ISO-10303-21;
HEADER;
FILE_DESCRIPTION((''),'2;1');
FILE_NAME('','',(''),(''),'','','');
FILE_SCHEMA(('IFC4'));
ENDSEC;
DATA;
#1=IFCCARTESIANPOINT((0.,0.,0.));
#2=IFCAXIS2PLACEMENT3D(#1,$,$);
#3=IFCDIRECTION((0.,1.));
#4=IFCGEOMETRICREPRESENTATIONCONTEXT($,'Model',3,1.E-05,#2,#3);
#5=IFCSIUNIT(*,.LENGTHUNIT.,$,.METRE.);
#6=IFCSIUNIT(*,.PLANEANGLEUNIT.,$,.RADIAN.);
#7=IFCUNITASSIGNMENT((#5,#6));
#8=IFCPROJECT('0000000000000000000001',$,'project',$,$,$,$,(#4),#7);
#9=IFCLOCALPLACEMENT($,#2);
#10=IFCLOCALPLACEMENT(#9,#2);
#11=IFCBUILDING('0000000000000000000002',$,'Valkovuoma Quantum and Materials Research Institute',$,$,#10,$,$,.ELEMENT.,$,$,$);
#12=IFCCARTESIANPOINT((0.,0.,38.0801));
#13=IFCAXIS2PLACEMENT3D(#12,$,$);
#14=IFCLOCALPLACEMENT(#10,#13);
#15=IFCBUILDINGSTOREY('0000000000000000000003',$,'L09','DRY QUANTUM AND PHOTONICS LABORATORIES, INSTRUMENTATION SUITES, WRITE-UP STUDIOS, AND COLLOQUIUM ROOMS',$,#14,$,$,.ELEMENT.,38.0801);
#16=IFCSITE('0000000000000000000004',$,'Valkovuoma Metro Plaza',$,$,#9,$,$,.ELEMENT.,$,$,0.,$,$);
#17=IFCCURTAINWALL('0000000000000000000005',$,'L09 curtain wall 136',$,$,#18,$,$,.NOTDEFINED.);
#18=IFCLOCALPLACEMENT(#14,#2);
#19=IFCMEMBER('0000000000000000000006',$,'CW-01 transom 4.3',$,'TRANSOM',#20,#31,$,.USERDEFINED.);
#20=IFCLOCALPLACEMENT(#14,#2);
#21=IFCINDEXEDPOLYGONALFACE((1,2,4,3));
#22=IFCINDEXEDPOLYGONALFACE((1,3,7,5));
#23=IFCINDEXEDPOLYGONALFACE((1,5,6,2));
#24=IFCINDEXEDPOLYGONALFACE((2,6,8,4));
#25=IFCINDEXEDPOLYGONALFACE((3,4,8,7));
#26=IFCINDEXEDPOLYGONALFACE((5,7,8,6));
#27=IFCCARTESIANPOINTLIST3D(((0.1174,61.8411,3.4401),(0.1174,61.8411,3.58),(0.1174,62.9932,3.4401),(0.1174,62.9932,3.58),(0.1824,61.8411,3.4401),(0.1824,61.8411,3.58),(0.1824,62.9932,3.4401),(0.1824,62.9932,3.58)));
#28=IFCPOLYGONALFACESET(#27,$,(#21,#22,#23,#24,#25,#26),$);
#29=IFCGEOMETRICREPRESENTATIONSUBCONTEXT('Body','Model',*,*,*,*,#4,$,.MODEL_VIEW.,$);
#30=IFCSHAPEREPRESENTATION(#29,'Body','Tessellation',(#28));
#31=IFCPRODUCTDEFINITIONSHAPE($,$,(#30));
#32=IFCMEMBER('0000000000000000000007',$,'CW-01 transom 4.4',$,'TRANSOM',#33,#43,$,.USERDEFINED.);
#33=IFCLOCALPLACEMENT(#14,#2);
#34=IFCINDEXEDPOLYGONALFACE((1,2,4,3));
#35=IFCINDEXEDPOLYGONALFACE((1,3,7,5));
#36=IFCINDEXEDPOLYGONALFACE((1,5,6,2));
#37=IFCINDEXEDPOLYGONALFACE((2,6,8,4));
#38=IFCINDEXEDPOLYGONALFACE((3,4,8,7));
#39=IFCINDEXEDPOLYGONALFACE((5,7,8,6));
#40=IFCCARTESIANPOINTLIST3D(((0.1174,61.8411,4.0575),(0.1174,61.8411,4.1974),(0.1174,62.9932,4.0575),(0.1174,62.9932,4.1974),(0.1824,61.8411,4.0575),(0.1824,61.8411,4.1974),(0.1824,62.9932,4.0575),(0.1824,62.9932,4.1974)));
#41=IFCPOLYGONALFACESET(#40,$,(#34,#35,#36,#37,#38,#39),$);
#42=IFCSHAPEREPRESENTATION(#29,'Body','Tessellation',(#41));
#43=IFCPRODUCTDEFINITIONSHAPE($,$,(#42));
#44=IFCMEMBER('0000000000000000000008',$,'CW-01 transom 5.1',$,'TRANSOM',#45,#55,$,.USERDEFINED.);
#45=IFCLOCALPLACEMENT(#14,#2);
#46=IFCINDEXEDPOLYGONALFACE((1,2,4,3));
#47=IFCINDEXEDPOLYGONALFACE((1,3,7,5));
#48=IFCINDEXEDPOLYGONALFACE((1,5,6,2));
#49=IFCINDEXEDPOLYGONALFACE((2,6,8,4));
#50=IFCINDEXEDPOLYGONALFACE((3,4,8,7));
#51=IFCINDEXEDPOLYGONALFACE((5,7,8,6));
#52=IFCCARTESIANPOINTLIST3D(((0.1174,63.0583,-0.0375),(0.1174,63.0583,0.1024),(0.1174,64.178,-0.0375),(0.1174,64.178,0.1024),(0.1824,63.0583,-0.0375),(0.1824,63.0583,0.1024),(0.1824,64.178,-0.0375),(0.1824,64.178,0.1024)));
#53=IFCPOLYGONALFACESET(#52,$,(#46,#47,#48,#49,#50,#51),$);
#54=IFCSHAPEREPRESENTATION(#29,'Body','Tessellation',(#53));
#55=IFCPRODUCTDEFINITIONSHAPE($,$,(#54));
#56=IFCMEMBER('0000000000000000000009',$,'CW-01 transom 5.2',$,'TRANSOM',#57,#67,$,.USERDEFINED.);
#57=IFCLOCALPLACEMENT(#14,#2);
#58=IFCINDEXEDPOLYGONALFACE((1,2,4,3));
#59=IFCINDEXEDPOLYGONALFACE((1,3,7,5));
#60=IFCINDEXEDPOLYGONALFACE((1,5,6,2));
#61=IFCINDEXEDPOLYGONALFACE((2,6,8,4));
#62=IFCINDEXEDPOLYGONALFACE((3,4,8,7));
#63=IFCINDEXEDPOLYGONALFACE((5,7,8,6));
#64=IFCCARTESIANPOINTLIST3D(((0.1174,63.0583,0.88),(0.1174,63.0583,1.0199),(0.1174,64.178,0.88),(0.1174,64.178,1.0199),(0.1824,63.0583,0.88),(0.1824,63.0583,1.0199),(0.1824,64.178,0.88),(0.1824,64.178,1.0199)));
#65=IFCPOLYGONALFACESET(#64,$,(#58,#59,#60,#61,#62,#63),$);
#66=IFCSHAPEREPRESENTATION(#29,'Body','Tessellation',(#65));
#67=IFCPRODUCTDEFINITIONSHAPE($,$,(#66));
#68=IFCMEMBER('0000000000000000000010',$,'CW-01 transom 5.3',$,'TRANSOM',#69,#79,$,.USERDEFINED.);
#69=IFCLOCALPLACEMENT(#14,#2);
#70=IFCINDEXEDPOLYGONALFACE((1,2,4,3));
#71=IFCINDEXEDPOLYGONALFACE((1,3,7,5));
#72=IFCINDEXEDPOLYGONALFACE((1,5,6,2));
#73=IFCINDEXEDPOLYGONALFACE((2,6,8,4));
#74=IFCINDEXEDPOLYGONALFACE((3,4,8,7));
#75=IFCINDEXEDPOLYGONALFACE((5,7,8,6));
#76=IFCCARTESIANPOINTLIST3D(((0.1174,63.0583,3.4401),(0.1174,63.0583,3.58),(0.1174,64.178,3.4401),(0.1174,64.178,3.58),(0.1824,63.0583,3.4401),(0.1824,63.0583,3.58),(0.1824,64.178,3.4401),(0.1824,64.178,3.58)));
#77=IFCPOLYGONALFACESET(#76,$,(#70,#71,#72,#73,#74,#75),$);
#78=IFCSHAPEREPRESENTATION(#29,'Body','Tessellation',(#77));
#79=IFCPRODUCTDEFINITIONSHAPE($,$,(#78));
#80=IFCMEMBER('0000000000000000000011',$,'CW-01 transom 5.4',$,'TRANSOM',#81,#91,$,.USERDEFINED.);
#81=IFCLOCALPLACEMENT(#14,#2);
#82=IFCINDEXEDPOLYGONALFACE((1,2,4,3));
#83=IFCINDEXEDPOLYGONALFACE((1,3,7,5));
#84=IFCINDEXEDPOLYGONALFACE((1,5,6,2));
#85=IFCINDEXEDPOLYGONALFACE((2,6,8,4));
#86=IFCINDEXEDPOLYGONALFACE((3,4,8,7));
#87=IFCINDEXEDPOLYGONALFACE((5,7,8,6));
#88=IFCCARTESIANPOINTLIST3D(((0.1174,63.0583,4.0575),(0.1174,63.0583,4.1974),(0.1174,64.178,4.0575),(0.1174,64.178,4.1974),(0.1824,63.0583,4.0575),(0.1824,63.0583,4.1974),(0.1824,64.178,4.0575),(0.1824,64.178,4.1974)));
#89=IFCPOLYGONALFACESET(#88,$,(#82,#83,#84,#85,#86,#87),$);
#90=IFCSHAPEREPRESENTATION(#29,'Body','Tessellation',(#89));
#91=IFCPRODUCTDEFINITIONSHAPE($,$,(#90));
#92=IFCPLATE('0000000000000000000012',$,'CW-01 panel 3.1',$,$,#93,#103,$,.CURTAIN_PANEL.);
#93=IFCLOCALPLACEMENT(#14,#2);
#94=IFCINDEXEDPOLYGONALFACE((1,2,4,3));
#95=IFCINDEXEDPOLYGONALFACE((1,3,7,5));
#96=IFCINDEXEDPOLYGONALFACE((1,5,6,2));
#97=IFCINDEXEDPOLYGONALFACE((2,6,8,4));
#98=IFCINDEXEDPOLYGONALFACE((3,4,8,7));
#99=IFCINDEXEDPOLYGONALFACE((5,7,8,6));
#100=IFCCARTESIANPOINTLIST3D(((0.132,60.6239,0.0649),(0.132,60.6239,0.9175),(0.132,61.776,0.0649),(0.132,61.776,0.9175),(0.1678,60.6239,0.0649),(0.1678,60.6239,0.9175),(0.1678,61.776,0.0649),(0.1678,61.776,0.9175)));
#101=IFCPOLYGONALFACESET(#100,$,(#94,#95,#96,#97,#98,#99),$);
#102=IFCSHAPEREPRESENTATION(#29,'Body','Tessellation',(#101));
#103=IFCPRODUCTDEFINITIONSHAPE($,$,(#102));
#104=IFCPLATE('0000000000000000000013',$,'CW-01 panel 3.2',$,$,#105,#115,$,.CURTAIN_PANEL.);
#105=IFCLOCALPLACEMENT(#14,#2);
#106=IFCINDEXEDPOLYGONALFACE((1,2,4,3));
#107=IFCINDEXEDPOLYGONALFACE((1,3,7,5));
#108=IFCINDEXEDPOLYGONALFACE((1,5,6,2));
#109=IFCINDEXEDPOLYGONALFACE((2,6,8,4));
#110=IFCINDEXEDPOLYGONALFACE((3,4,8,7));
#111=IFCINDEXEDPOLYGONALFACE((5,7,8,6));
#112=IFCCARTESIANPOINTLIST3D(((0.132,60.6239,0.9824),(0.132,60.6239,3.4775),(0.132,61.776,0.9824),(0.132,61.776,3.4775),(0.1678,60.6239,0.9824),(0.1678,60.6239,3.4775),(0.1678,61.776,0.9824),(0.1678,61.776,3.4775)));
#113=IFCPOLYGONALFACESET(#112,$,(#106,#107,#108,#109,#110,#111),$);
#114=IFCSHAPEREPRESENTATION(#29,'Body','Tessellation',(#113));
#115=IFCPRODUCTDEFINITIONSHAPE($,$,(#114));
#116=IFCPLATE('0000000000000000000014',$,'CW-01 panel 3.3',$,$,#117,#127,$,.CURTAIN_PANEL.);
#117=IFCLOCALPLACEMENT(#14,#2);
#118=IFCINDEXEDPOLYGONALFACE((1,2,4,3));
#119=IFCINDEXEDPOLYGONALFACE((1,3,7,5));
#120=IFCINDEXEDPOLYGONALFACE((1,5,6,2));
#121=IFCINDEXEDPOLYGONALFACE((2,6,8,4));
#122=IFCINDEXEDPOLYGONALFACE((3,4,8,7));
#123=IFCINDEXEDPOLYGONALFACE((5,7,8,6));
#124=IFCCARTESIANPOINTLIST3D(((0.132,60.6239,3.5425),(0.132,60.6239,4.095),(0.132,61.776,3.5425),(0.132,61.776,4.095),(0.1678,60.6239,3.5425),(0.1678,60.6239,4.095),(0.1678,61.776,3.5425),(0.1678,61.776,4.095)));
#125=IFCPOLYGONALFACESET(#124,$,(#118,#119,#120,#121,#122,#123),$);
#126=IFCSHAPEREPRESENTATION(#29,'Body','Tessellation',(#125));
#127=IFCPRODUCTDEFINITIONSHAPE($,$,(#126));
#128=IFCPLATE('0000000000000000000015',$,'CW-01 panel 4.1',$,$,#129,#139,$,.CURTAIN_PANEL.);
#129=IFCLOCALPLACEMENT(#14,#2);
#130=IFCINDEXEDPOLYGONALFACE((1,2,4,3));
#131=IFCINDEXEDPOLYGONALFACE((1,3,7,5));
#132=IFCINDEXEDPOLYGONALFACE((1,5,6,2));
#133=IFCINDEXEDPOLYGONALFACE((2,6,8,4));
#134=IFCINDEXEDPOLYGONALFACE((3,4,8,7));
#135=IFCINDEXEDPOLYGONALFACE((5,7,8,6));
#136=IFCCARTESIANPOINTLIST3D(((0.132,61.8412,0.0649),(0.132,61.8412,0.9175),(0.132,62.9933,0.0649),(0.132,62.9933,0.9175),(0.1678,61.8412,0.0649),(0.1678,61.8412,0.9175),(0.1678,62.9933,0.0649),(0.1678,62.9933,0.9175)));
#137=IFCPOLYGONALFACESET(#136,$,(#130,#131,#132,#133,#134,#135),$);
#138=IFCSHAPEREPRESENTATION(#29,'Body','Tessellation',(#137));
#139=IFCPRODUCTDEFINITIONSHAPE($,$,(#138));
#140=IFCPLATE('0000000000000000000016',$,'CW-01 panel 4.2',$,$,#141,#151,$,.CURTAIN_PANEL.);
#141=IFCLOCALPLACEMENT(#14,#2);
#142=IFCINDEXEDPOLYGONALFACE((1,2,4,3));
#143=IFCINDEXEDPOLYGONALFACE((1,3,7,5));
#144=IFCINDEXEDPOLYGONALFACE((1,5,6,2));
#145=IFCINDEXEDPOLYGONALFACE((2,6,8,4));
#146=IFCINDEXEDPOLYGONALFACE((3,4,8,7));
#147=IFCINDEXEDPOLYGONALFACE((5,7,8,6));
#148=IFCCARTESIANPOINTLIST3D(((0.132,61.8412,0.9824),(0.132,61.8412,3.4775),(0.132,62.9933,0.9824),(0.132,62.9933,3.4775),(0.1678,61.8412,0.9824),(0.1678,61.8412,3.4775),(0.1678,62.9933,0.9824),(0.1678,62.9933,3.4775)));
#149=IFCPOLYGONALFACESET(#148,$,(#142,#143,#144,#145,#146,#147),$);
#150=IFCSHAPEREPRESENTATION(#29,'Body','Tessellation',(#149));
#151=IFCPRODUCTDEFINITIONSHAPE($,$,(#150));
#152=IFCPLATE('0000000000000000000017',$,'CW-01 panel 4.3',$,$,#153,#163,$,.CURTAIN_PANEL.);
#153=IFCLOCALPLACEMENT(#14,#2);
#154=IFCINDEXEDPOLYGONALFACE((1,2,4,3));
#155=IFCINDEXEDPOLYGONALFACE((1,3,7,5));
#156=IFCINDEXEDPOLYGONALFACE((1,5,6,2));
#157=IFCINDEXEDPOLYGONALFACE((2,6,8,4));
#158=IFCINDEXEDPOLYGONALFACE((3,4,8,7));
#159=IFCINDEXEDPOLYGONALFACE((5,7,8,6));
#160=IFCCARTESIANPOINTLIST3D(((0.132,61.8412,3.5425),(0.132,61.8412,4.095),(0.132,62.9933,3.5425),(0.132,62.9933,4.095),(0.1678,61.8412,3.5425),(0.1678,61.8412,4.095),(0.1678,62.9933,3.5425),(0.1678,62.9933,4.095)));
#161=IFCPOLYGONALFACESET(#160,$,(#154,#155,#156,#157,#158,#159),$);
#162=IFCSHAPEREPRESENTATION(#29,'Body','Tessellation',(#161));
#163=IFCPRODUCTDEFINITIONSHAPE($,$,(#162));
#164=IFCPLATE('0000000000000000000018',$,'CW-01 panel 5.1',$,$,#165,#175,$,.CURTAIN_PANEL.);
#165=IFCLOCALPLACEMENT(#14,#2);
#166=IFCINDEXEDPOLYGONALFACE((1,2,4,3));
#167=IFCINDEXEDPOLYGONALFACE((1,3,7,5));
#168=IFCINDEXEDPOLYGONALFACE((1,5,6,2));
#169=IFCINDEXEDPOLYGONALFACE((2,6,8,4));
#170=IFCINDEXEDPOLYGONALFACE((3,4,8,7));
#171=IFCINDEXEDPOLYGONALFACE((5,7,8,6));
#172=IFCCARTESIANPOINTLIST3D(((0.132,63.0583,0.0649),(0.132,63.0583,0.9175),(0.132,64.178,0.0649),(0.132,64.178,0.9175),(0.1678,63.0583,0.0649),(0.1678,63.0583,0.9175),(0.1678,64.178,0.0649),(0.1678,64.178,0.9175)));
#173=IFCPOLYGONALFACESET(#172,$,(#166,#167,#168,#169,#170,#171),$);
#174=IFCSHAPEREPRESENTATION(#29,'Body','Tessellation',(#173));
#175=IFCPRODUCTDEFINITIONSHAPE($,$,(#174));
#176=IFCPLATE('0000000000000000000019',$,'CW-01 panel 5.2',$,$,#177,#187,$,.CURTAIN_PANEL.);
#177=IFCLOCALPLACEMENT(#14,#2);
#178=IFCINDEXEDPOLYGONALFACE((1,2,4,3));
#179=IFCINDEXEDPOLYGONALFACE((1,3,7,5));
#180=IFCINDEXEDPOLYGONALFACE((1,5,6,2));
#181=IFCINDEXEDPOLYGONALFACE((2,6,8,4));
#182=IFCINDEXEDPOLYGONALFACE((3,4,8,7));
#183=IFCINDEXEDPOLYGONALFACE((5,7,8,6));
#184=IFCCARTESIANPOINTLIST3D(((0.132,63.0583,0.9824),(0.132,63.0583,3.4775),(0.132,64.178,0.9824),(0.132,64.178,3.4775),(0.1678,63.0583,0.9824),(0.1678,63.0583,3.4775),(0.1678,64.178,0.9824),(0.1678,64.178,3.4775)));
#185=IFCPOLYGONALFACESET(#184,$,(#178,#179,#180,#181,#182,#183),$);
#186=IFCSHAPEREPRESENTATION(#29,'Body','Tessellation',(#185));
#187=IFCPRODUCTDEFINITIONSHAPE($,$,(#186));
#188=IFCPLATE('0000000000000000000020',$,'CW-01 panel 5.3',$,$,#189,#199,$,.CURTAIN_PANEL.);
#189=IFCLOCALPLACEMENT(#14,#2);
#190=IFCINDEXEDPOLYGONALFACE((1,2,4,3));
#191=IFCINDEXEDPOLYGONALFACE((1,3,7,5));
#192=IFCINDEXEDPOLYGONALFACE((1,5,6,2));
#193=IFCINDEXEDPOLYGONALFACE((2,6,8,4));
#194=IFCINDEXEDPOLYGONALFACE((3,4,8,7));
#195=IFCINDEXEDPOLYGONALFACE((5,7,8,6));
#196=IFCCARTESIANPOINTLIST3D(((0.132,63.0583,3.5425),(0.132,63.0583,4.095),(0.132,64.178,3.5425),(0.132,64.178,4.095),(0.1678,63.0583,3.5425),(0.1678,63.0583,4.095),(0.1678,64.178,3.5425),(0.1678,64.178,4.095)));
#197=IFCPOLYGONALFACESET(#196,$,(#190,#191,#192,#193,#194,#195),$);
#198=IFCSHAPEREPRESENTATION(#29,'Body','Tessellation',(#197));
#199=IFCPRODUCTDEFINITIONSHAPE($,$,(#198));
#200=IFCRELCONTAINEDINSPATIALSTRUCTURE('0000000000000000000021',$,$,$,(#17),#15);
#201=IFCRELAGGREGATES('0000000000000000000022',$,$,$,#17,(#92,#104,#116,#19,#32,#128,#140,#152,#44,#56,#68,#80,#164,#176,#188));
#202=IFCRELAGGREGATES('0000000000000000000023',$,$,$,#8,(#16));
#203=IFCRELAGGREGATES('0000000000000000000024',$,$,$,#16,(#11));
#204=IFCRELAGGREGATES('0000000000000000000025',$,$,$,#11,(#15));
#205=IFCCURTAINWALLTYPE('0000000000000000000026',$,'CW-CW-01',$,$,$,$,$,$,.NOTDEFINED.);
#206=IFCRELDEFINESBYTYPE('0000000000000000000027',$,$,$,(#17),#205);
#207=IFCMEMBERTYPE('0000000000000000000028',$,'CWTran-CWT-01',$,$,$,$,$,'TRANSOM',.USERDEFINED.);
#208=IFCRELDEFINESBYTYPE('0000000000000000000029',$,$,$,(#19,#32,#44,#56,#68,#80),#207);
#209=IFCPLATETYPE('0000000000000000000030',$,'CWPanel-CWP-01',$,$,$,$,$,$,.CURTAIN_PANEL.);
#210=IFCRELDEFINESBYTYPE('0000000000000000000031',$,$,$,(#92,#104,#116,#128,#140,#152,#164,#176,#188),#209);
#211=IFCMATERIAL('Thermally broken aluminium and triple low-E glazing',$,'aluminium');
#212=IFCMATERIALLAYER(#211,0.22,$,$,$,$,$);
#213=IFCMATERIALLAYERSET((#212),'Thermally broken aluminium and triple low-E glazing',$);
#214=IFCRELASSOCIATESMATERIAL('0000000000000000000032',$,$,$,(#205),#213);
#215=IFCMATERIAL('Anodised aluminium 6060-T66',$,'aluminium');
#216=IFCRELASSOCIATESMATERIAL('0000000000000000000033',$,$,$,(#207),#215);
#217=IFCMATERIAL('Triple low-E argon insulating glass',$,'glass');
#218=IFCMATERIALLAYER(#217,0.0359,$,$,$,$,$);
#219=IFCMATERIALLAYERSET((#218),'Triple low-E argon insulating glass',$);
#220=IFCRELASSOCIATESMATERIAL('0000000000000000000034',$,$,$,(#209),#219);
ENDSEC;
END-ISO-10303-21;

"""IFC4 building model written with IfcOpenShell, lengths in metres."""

from ifc_helpers import new_model, si_unit, direction, frame, origin, origin_2d, place, context, subcontext, project, spatial, rectangle, extrude, material, layer, layer_set, material_profile, profile_set, type_object, element, aggregate, save


model = new_model("IFC4")

# Units and contexts
model_context = context("Model", 3, precision=1e-05, world=origin(), true_north=direction((0.0, 1.0)))
body_context = subcontext(model_context, "Body", "Model", "MODEL_VIEW")
ifc_project = project(units=[si_unit("LENGTHUNIT", "METRE"), si_unit("PLANEANGLEUNIT", "RADIAN")], contexts=[model_context])

# Site, building, storey
site_placement = place(None, origin())
site = spatial("IfcSite", under=ifc_project, at=site_placement, Name="Valkovuoma Metro Plaza", CompositionType="ELEMENT", RefElevation=0.0)
building_placement = place(site_placement, origin())
building = spatial("IfcBuilding", under=site, at=building_placement, Name="Valkovuoma Quantum and Materials Research Institute", CompositionType="ELEMENT")
storey_placement = place(building_placement, frame((0.0, 0.0, 38.0801)))
storey = spatial("IfcBuildingStorey", under=building, at=storey_placement, Name="L09", Description="DRY QUANTUM AND PHOTONICS LABORATORIES, INSTRUMENTATION SUITES, WRITE-UP STUDIOS, AND COLLOQUIUM ROOMS", CompositionType="ELEMENT", Elevation=38.0801)

# Curtain wall, members, plates
ifc_material_1 = material(Name="Thermally broken aluminium and triple low-E glazing", Category="aluminium")
ifc_layer_1 = layer(ifc_material_1, 0.22)
ifc_layer_set_1 = layer_set([ifc_layer_1], Name="Thermally broken aluminium and triple low-E glazing")
curtain_wall_type = type_object("IfcCurtainWallType", Name="CW-CW-01", PredefinedType="NOTDEFINED", material=ifc_layer_set_1)
curtain_wall_placement = place(storey_placement, origin())
curtain_wall = element("IfcCurtainWall", 1, at=curtain_wall_placement, inside=storey, type_object=curtain_wall_type, Name="L09 curtain wall 136", PredefinedType="NOTDEFINED")
ifc_material_2 = material(Name="Anodised aluminium 6060-T66", Category="aluminium")
ifc_material_profile_1 = material_profile(ifc_material_2, rectangle(XDim=0.0649, YDim=0.1399, at=origin_2d()), Name="Anodised aluminium 6060-T66")
ifc_profile_set_1 = profile_set([ifc_material_profile_1], Name="Anodised aluminium 6060-T66")
member_type_1 = type_object("IfcMemberType", Name="CWTran-CWT-01", ElementType="TRANSOM", PredefinedType="USERDEFINED", material=ifc_profile_set_1)
member_1_placement = place(storey_placement, frame((0.1499, 61.8411, 3.51), z_axis=(0.0, 1.0, 0.0), x_axis=(-1.0, 0.0, 0.0)))
member_1 = element("IfcMember", 2, at=member_1_placement, type_object=member_type_1, Name="CW-01 transom 4.3", ObjectType="TRANSOM", PredefinedType="USERDEFINED", context=body_context, shape_type="SweptSolid", body=[
    extrude(rectangle(XDim=0.0649, YDim=0.1399, at=origin_2d()), origin(), (0.0, 0.0, 1.0), 1.1521),
])
member_2_placement = place(storey_placement, frame((0.1499, 61.8411, 4.1274), z_axis=(0.0, 1.0, 0.0), x_axis=(-1.0, 0.0, 0.0)))
member_2 = element("IfcMember", 3, at=member_2_placement, type_object=member_type_1, Name="CW-01 transom 4.4", ObjectType="TRANSOM", PredefinedType="USERDEFINED", context=body_context, shape_type="SweptSolid", body=[
    extrude(rectangle(XDim=0.0649, YDim=0.1399, at=origin_2d()), origin(), (0.0, 0.0, 1.0), 1.1521),
])
member_3_placement = place(storey_placement, frame((0.1499, 63.0583, 0.0325), z_axis=(0.0, 1.0, 0.0), x_axis=(-1.0, 0.0, 0.0)))
member_3 = element("IfcMember", 4, at=member_3_placement, type_object=member_type_1, Name="CW-01 transom 5.1", ObjectType="TRANSOM", PredefinedType="USERDEFINED", context=body_context, shape_type="SweptSolid", body=[
    extrude(rectangle(XDim=0.0649, YDim=0.1399, at=origin_2d()), origin(), (0.0, 0.0, 1.0), 1.1196),
])
member_4_placement = place(storey_placement, frame((0.1499, 63.0583, 0.95), z_axis=(0.0, 1.0, 0.0), x_axis=(-1.0, 0.0, 0.0)))
member_4 = element("IfcMember", 5, at=member_4_placement, type_object=member_type_1, Name="CW-01 transom 5.2", ObjectType="TRANSOM", PredefinedType="USERDEFINED", context=body_context, shape_type="SweptSolid", body=[
    extrude(rectangle(XDim=0.0649, YDim=0.1399, at=origin_2d()), origin(), (0.0, 0.0, 1.0), 1.1196),
])
member_5_placement = place(storey_placement, frame((0.1499, 63.0583, 3.51), z_axis=(0.0, 1.0, 0.0), x_axis=(-1.0, 0.0, 0.0)))
member_5 = element("IfcMember", 6, at=member_5_placement, type_object=member_type_1, Name="CW-01 transom 5.3", ObjectType="TRANSOM", PredefinedType="USERDEFINED", context=body_context, shape_type="SweptSolid", body=[
    extrude(rectangle(XDim=0.0649, YDim=0.1399, at=origin_2d()), origin(), (0.0, 0.0, 1.0), 1.1196),
])
member_6_placement = place(storey_placement, frame((0.1499, 63.0583, 4.1274), z_axis=(0.0, 1.0, 0.0), x_axis=(-1.0, 0.0, 0.0)))
member_6 = element("IfcMember", 7, at=member_6_placement, type_object=member_type_1, Name="CW-01 transom 5.4", ObjectType="TRANSOM", PredefinedType="USERDEFINED", context=body_context, shape_type="SweptSolid", body=[
    extrude(rectangle(XDim=0.0649, YDim=0.1399, at=origin_2d()), origin(), (0.0, 0.0, 1.0), 1.1196),
])
ifc_material_3 = material(Name="Triple low-E argon insulating glass", Category="glass")
ifc_layer_2 = layer(ifc_material_3, 0.0359)
ifc_layer_set_2 = layer_set([ifc_layer_2], Name="Triple low-E argon insulating glass")
plate_type = type_object("IfcPlateType", Name="CWPanel-CWP-01", PredefinedType="CURTAIN_PANEL", material=ifc_layer_set_2)
plate_1_placement = place(storey_placement, frame((0.1499, 61.2, 0.0649), z_axis=(0.0, 0.0, 1.0), x_axis=(0.0, 1.0, 0.0)))
plate_1 = element("IfcPlate", 8, at=plate_1_placement, type_object=plate_type, Name="CW-01 panel 3.1", PredefinedType="CURTAIN_PANEL", context=body_context, shape_type="SweptSolid", body=[
    extrude(rectangle(XDim=1.1521, YDim=0.0359, at=origin_2d()), origin(), (0.0, 0.0, 1.0), 0.8525),
])
plate_2_placement = place(storey_placement, frame((0.1499, 61.2, 0.9824), z_axis=(0.0, 0.0, 1.0), x_axis=(0.0, 1.0, 0.0)))
plate_2 = element("IfcPlate", 9, at=plate_2_placement, type_object=plate_type, Name="CW-01 panel 3.2", PredefinedType="CURTAIN_PANEL", context=body_context, shape_type="SweptSolid", body=[
    extrude(rectangle(XDim=1.1521, YDim=0.0359, at=origin_2d()), origin(), (0.0, 0.0, 1.0), 2.4951),
])
plate_3_placement = place(storey_placement, frame((0.1499, 61.2, 3.5425), z_axis=(0.0, 0.0, 1.0), x_axis=(0.0, 1.0, 0.0)))
plate_3 = element("IfcPlate", 10, at=plate_3_placement, type_object=plate_type, Name="CW-01 panel 3.3", PredefinedType="CURTAIN_PANEL", context=body_context, shape_type="SweptSolid", body=[
    extrude(rectangle(XDim=1.1521, YDim=0.0359, at=origin_2d()), origin(), (0.0, 0.0, 1.0), 0.5525),
])
plate_4_placement = place(storey_placement, frame((0.1499, 62.4172, 0.0649), z_axis=(0.0, 0.0, 1.0), x_axis=(0.0, 1.0, 0.0)))
plate_4 = element("IfcPlate", 11, at=plate_4_placement, type_object=plate_type, Name="CW-01 panel 4.1", PredefinedType="CURTAIN_PANEL", context=body_context, shape_type="SweptSolid", body=[
    extrude(rectangle(XDim=1.1521, YDim=0.0359, at=origin_2d()), origin(), (0.0, 0.0, 1.0), 0.8525),
])
plate_5_placement = place(storey_placement, frame((0.1499, 62.4172, 0.9824), z_axis=(0.0, 0.0, 1.0), x_axis=(0.0, 1.0, 0.0)))
plate_5 = element("IfcPlate", 12, at=plate_5_placement, type_object=plate_type, Name="CW-01 panel 4.2", PredefinedType="CURTAIN_PANEL", context=body_context, shape_type="SweptSolid", body=[
    extrude(rectangle(XDim=1.1521, YDim=0.0359, at=origin_2d()), origin(), (0.0, 0.0, 1.0), 2.4951),
])
plate_6_placement = place(storey_placement, frame((0.1499, 62.4172, 3.5425), z_axis=(0.0, 0.0, 1.0), x_axis=(0.0, 1.0, 0.0)))
plate_6 = element("IfcPlate", 13, at=plate_6_placement, type_object=plate_type, Name="CW-01 panel 4.3", PredefinedType="CURTAIN_PANEL", context=body_context, shape_type="SweptSolid", body=[
    extrude(rectangle(XDim=1.1521, YDim=0.0359, at=origin_2d()), origin(), (0.0, 0.0, 1.0), 0.5525),
])
plate_7_placement = place(storey_placement, frame((0.1499, 63.6182, 0.0649), z_axis=(0.0, 0.0, 1.0), x_axis=(0.0, 1.0, 0.0)))
plate_7 = element("IfcPlate", 14, at=plate_7_placement, type_object=plate_type, Name="CW-01 panel 5.1", PredefinedType="CURTAIN_PANEL", context=body_context, shape_type="SweptSolid", body=[
    extrude(rectangle(XDim=1.1196, YDim=0.0359, at=origin_2d()), origin(), (0.0, 0.0, 1.0), 0.8525),
])
plate_8_placement = place(storey_placement, frame((0.1499, 63.6182, 0.9824), z_axis=(0.0, 0.0, 1.0), x_axis=(0.0, 1.0, 0.0)))
plate_8 = element("IfcPlate", 15, at=plate_8_placement, type_object=plate_type, Name="CW-01 panel 5.2", PredefinedType="CURTAIN_PANEL", context=body_context, shape_type="SweptSolid", body=[
    extrude(rectangle(XDim=1.1196, YDim=0.0359, at=origin_2d()), origin(), (0.0, 0.0, 1.0), 2.4951),
])
plate_9_placement = place(storey_placement, frame((0.1499, 63.6182, 3.5425), z_axis=(0.0, 0.0, 1.0), x_axis=(0.0, 1.0, 0.0)))
plate_9 = element("IfcPlate", 16, at=plate_9_placement, type_object=plate_type, Name="CW-01 panel 5.3", PredefinedType="CURTAIN_PANEL", context=body_context, shape_type="SweptSolid", body=[
    extrude(rectangle(XDim=1.1196, YDim=0.0359, at=origin_2d()), origin(), (0.0, 0.0, 1.0), 0.5525),
])
aggregate(curtain_wall, [plate_1, plate_2, plate_3, member_1, member_2, plate_4, plate_5, plate_6, member_3, member_4, member_5, member_6, plate_7, plate_8, plate_9])

save(model, "model.ifc")
